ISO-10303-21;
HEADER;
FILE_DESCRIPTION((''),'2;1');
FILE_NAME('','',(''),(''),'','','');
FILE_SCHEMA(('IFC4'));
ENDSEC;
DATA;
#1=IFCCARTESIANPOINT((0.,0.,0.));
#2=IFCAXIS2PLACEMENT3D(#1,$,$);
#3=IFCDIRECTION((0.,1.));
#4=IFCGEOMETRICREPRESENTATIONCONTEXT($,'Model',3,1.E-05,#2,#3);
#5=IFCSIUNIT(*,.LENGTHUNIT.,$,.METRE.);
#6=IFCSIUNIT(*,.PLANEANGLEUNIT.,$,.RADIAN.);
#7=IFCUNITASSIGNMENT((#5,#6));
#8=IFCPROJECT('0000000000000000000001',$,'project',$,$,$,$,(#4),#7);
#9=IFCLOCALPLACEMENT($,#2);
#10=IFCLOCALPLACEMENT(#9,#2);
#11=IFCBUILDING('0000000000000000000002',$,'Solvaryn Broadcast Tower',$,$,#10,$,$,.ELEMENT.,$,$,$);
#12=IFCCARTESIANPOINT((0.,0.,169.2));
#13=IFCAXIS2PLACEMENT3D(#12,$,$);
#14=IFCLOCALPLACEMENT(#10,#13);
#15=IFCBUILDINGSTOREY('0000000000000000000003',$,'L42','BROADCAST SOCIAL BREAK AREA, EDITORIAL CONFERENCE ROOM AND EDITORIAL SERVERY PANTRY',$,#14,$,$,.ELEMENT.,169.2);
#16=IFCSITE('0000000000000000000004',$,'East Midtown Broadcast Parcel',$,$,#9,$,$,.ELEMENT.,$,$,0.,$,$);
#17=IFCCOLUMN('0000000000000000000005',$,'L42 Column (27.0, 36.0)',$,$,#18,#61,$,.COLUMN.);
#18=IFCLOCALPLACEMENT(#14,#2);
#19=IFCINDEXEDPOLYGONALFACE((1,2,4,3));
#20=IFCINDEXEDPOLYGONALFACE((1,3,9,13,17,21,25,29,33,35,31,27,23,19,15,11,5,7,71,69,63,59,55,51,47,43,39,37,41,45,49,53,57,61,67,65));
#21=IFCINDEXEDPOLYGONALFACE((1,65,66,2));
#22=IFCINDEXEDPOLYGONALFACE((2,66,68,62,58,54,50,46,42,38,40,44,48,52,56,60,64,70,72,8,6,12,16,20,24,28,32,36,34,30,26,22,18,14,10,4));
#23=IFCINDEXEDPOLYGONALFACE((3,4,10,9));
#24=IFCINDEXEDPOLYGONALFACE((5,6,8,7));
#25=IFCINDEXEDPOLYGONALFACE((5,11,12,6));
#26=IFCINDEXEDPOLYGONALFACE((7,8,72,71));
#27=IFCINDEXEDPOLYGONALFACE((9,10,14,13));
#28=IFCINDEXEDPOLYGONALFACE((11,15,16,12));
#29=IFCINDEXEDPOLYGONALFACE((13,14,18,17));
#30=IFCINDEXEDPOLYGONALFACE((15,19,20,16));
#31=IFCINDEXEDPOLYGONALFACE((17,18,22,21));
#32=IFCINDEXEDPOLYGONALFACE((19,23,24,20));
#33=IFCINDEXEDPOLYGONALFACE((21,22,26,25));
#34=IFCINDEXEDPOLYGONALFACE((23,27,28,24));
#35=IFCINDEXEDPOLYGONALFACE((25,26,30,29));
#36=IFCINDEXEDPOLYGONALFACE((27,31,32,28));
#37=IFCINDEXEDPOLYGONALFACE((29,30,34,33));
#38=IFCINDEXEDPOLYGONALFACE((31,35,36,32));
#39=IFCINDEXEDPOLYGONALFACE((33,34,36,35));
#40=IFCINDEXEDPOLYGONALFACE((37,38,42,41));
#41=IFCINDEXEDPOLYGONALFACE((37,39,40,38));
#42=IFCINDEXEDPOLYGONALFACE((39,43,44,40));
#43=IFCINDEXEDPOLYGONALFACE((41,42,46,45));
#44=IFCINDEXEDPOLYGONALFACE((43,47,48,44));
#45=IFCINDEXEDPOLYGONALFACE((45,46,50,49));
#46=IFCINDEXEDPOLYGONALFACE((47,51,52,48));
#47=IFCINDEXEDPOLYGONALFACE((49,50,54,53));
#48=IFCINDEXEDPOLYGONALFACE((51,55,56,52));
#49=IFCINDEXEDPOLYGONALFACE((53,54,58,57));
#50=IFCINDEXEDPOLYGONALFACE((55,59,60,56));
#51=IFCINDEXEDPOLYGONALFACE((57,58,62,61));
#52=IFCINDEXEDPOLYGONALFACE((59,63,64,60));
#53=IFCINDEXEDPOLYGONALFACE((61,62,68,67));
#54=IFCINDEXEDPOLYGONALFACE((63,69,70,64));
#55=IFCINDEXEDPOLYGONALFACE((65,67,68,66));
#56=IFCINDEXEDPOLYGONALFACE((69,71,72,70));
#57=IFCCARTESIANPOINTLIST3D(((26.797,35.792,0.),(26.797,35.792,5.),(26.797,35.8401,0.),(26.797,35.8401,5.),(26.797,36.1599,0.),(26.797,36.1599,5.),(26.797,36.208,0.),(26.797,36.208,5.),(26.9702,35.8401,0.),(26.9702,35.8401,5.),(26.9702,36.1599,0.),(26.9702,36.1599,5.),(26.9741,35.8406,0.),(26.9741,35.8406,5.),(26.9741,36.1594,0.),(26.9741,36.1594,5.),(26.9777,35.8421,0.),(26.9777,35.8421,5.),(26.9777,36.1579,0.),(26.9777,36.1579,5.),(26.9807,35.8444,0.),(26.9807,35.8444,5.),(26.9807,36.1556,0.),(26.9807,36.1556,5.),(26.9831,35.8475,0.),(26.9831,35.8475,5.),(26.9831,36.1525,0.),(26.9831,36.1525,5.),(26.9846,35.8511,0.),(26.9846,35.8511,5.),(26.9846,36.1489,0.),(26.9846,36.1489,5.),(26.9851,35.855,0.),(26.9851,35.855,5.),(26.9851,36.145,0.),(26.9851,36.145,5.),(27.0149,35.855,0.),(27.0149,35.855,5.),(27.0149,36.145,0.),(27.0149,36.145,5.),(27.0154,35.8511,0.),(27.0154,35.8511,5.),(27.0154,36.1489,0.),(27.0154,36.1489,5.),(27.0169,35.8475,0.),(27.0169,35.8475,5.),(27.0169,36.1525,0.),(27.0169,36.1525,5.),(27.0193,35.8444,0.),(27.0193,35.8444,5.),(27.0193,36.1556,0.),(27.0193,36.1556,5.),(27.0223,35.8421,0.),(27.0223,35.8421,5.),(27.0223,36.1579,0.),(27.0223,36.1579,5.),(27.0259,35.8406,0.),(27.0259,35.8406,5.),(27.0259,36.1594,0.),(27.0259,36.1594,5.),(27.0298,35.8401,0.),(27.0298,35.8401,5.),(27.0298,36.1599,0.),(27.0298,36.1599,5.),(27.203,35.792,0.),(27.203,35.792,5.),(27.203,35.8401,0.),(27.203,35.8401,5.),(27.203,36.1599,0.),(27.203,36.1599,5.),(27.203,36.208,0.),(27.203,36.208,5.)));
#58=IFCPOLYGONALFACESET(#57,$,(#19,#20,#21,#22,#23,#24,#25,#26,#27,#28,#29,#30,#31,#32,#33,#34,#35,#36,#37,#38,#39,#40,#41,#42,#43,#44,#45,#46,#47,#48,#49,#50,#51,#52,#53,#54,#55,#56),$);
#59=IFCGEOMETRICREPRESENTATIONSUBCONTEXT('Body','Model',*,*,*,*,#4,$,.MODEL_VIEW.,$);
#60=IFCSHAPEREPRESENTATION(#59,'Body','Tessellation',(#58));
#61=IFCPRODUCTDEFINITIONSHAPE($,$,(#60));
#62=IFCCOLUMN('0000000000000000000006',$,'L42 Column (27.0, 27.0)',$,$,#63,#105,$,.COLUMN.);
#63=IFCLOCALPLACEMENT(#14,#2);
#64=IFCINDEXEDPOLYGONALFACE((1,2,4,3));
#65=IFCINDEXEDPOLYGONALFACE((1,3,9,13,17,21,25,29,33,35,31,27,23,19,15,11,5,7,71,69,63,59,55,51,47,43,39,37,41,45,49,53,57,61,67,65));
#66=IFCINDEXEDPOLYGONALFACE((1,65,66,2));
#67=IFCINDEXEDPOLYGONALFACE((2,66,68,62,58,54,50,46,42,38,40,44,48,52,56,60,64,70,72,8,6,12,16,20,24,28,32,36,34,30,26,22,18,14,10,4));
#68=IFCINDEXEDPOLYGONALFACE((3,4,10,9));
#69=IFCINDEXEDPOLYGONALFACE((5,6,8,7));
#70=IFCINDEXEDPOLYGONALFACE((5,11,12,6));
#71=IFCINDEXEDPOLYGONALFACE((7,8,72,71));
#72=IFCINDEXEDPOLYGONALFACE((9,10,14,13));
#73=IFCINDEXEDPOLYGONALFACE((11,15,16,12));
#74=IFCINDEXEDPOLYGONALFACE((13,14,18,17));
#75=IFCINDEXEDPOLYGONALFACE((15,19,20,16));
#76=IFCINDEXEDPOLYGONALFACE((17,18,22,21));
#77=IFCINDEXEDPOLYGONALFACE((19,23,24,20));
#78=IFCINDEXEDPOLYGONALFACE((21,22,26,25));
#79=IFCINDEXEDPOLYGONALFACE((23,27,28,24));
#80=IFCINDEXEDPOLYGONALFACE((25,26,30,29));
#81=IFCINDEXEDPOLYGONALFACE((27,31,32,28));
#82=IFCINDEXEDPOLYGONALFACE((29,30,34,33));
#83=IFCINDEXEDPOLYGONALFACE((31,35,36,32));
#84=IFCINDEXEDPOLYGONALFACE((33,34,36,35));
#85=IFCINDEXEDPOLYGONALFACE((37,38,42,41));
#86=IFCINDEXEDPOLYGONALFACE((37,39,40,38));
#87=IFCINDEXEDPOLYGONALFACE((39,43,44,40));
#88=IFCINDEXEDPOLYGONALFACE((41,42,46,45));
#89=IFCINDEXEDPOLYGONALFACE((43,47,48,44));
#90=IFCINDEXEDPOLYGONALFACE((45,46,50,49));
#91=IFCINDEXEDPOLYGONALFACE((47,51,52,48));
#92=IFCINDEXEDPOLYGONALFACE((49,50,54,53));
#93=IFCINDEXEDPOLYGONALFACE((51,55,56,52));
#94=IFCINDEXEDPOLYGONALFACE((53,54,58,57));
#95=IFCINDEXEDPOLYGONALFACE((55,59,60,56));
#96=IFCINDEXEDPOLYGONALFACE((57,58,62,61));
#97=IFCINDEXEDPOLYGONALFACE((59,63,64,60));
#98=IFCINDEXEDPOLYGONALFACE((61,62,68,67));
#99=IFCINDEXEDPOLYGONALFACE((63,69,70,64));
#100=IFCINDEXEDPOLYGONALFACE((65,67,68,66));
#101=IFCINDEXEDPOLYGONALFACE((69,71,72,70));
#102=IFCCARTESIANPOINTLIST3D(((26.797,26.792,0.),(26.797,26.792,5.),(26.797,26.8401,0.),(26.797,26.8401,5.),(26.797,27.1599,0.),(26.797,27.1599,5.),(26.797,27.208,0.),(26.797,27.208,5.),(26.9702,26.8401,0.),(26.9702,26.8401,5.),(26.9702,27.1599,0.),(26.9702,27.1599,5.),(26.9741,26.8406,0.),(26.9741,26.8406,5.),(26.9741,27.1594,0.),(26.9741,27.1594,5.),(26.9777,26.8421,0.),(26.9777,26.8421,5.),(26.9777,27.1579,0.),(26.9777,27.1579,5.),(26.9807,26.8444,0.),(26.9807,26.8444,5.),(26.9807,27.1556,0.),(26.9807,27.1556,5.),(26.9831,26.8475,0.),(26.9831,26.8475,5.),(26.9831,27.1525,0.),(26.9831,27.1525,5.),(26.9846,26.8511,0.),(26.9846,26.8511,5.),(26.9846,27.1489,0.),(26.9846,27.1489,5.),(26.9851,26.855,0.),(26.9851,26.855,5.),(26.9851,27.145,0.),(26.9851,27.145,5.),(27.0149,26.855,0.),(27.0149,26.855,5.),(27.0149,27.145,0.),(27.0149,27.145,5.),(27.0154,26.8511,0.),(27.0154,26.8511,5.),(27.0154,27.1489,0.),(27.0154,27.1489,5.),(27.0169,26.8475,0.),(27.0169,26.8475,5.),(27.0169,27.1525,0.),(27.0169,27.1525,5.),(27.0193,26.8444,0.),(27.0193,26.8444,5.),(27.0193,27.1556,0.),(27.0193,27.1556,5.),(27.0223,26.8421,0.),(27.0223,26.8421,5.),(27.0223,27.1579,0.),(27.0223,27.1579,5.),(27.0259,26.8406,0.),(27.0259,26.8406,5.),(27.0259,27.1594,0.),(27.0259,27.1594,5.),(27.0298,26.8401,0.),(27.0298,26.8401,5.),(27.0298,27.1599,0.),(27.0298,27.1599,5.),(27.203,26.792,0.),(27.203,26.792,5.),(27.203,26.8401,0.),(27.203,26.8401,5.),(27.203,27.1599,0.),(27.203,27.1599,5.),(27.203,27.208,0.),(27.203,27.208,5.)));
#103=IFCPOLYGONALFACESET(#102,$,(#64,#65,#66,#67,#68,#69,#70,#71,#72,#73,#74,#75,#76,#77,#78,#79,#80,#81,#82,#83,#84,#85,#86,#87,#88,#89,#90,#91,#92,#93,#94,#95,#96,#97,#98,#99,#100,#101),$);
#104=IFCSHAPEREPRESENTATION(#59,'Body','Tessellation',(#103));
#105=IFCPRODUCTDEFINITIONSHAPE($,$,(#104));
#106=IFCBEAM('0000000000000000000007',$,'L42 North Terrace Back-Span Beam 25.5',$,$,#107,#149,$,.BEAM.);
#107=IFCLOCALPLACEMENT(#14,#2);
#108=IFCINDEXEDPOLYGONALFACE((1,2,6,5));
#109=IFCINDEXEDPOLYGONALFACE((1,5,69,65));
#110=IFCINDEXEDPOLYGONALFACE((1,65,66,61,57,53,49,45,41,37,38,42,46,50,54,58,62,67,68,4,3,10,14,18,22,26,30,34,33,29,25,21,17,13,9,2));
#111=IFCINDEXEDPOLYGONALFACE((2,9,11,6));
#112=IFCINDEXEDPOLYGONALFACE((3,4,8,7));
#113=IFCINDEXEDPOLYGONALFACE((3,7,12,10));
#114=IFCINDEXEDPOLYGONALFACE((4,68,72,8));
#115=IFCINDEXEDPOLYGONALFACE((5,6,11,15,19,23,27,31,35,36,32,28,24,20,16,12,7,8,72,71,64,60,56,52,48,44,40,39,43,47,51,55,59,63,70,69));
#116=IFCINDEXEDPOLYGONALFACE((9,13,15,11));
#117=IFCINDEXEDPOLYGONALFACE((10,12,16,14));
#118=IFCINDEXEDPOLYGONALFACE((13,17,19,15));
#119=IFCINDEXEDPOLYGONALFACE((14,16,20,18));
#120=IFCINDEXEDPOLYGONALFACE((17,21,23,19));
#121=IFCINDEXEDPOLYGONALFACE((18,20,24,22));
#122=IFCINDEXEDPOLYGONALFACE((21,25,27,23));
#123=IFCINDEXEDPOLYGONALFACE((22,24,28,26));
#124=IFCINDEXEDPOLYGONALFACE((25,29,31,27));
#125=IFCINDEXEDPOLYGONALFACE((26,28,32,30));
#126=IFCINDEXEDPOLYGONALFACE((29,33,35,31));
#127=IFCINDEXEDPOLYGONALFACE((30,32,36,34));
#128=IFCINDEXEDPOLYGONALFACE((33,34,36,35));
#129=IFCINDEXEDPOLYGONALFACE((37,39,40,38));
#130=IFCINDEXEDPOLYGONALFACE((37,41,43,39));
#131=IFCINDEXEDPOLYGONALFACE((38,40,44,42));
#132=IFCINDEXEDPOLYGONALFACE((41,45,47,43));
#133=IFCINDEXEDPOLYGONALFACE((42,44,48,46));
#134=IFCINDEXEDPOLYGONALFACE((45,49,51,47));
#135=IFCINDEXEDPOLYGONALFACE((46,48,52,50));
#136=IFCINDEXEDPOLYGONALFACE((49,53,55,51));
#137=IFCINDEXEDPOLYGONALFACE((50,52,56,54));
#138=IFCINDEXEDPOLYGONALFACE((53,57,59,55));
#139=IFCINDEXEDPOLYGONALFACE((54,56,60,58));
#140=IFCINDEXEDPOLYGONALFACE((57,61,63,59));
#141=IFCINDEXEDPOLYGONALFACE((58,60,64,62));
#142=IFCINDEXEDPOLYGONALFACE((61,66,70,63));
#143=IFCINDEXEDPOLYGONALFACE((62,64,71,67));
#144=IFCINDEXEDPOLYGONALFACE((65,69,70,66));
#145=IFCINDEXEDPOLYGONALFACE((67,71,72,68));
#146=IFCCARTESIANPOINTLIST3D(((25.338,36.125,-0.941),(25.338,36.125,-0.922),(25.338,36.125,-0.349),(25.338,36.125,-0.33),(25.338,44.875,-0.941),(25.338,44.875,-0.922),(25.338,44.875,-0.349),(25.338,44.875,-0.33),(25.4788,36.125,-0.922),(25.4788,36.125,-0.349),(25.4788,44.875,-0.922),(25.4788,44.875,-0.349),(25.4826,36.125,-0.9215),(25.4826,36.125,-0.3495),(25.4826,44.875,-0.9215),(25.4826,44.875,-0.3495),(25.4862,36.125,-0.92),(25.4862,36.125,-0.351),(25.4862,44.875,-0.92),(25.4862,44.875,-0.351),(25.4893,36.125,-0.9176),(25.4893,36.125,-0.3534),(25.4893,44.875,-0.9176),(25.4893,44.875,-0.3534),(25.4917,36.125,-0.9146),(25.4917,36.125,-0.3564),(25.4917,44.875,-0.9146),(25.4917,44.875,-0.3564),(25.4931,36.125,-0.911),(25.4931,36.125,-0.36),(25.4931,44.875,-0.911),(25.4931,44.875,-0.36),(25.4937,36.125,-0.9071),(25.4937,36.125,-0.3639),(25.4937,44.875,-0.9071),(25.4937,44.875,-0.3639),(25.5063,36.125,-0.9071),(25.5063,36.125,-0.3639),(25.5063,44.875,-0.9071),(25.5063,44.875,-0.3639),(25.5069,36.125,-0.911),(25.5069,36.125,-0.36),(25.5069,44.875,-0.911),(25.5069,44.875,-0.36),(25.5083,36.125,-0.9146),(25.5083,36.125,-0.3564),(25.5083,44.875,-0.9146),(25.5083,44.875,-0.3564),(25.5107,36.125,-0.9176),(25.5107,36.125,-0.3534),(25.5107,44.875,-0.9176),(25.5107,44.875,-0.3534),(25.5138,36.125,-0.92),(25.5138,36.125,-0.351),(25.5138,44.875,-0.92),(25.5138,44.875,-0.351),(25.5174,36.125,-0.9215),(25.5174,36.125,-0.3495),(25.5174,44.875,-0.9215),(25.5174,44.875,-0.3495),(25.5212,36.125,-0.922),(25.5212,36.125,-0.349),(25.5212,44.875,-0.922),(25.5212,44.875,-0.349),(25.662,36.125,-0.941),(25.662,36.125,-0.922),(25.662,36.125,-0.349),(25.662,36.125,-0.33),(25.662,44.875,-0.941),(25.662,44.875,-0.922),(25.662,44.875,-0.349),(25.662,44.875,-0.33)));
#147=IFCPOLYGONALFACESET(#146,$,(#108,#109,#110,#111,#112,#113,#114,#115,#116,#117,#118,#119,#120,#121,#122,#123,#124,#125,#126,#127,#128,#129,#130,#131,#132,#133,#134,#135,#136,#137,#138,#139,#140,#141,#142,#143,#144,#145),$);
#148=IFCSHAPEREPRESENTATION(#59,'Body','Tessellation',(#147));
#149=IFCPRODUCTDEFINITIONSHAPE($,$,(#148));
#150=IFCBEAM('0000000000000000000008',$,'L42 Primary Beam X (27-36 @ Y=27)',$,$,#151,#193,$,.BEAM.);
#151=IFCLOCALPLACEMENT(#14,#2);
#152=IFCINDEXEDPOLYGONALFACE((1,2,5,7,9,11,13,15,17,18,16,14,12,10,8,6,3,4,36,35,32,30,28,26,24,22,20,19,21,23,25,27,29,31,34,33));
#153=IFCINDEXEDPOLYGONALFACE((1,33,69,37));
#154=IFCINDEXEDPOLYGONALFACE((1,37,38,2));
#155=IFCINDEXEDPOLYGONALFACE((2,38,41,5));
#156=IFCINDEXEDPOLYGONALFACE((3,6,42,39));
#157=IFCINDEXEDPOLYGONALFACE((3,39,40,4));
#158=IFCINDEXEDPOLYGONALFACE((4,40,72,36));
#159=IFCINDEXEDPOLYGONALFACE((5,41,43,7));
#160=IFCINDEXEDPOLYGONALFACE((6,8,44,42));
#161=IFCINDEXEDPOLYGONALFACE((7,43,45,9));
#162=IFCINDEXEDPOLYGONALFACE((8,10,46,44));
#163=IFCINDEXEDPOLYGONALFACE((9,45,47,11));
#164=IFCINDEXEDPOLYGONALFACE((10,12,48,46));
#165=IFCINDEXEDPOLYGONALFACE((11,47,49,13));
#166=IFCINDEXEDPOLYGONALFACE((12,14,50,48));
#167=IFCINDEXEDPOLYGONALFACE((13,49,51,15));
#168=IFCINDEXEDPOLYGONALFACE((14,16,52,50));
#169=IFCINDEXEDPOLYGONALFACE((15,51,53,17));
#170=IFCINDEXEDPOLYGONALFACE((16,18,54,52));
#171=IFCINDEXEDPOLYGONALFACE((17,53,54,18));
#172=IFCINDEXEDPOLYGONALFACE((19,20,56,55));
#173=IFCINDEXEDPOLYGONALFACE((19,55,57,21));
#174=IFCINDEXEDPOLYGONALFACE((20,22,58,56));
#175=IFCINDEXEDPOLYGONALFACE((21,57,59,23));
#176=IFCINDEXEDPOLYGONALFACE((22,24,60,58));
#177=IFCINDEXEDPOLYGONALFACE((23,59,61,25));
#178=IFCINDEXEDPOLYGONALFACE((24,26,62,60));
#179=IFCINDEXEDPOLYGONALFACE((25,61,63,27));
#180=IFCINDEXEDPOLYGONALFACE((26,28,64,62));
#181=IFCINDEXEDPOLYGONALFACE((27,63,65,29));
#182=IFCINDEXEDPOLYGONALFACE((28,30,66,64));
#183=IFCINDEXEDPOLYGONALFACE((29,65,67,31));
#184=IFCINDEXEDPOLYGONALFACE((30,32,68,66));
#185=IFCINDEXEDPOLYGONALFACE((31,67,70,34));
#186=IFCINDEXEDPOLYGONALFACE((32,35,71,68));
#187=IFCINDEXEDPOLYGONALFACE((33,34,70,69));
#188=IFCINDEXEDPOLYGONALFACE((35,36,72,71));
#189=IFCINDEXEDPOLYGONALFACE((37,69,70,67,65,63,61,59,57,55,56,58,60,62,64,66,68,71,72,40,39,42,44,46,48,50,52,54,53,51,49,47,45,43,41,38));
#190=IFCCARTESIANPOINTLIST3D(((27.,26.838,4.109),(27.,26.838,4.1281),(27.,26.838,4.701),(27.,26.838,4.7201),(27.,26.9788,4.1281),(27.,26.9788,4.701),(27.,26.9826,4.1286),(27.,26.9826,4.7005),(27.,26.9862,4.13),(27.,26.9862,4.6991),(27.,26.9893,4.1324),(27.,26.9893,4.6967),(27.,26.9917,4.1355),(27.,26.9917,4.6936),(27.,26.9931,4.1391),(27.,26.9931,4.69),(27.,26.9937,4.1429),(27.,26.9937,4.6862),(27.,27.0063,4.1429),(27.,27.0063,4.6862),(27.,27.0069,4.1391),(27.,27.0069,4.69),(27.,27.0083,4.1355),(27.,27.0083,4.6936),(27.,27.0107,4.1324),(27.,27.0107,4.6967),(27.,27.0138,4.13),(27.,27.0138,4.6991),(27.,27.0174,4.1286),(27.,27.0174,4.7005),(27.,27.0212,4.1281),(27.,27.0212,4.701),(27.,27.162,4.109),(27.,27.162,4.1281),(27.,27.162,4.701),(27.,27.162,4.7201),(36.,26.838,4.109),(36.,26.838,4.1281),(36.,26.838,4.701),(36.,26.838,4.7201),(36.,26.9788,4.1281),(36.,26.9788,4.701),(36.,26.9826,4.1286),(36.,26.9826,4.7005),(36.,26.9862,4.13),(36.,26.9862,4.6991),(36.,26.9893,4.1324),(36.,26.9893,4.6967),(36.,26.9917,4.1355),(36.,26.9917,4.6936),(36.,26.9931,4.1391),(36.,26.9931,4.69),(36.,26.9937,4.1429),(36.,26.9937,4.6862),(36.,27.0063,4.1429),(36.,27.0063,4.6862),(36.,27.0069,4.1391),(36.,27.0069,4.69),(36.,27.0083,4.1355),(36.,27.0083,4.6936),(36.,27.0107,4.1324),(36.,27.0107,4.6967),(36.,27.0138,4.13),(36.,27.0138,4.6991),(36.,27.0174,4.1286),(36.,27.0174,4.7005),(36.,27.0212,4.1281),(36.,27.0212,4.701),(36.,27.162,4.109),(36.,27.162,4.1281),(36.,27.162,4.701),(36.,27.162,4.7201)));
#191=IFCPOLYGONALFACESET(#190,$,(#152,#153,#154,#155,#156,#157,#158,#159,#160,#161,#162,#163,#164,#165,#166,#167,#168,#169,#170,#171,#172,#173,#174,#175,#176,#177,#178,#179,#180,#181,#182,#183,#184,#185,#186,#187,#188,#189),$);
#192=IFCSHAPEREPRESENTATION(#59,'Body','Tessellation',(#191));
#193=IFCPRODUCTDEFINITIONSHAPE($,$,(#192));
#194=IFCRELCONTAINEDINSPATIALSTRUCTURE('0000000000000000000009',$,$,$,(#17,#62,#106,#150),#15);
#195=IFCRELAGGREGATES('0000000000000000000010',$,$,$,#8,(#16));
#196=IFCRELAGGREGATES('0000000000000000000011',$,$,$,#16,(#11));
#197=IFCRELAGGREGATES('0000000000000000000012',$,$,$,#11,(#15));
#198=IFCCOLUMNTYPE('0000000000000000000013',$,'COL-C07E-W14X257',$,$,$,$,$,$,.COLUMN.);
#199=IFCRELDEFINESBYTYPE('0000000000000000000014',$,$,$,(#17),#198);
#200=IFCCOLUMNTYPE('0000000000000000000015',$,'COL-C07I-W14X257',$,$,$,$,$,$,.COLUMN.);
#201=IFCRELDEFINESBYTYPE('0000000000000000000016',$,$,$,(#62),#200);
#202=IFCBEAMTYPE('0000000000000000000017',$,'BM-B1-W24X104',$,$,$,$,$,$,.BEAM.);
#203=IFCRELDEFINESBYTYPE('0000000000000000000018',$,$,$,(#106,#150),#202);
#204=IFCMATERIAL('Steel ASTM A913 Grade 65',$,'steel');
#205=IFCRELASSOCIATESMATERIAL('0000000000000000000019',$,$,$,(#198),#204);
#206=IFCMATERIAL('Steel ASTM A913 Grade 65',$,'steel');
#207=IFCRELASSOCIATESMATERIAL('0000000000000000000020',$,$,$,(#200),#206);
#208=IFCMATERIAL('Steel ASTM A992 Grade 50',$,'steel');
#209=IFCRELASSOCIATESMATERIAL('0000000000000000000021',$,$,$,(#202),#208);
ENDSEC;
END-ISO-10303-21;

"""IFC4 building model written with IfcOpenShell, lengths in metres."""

from ifc_helpers import new_model, si_unit, direction, frame, origin, origin_2d, place, context, subcontext, project, spatial, i_section, extrude, material, material_profile, profile_set, type_object, element, save


model = new_model("IFC4")

# Units and contexts
model_context = context("Model", 3, precision=1e-05, world=origin(), true_north=direction((0.0, 1.0)))
body_context = subcontext(model_context, "Body", "Model", "MODEL_VIEW")
ifc_project = project(units=[si_unit("LENGTHUNIT", "METRE"), si_unit("PLANEANGLEUNIT", "RADIAN")], contexts=[model_context])

# Site, building, storey
site_placement = place(None, origin())
site = spatial("IfcSite", under=ifc_project, at=site_placement, Name="East Midtown Broadcast Parcel", CompositionType="ELEMENT", RefElevation=0.0)
building_placement = place(site_placement, origin())
building = spatial("IfcBuilding", under=site, at=building_placement, Name="Solvaryn Broadcast Tower", CompositionType="ELEMENT")
storey_placement = place(building_placement, frame((0.0, 0.0, 169.2)))
storey = spatial("IfcBuildingStorey", under=building, at=storey_placement, Name="L42", Description="BROADCAST SOCIAL BREAK AREA, EDITORIAL CONFERENCE ROOM AND EDITORIAL SERVERY PANTRY", CompositionType="ELEMENT", Elevation=169.2)

# Columns
ifc_material_1 = material(Name="Steel ASTM A913 Grade 65", Category="steel")
ifc_material_profile_1 = material_profile(ifc_material_1, i_section(OverallWidth=0.406, OverallDepth=0.416, WebThickness=0.0298, FlangeThickness=0.0481, FilletRadius=0.0149, at=origin_2d()))
ifc_profile_set_1 = profile_set([ifc_material_profile_1], Name="Steel ASTM A913 Grade 65")
column_type_1 = type_object("IfcColumnType", Name="COL-C07E-W14X257", PredefinedType="COLUMN", material=ifc_profile_set_1)
column_1_placement = place(storey_placement, frame((27.0, 36.0, 0.0), z_axis=(0.0, 0.0, 1.0), x_axis=(1.0, 0.0, 0.0)))
element("IfcColumn", 1, at=column_1_placement, inside=storey, type_object=column_type_1, Name="L42 Column (27.0, 36.0)", PredefinedType="COLUMN", context=body_context, shape_type="SweptSolid", body=[
    extrude(i_section(OverallWidth=0.406, OverallDepth=0.416, WebThickness=0.0298, FlangeThickness=0.0481, FilletRadius=0.0149, at=origin_2d()), origin(), (0.0, 0.0, 1.0), 5.0),
])
ifc_material_2 = material(Name="Steel ASTM A913 Grade 65", Category="steel")
ifc_material_profile_2 = material_profile(ifc_material_2, i_section(OverallWidth=0.406, OverallDepth=0.416, WebThickness=0.0298, FlangeThickness=0.0481, FilletRadius=0.0149, at=origin_2d()))
ifc_profile_set_2 = profile_set([ifc_material_profile_2], Name="Steel ASTM A913 Grade 65")
column_type_2 = type_object("IfcColumnType", Name="COL-C07I-W14X257", PredefinedType="COLUMN", material=ifc_profile_set_2)
column_2_placement = place(storey_placement, frame((27.0, 27.0, 0.0), z_axis=(0.0, 0.0, 1.0), x_axis=(1.0, 0.0, 0.0)))
element("IfcColumn", 2, at=column_2_placement, inside=storey, type_object=column_type_2, Name="L42 Column (27.0, 27.0)", PredefinedType="COLUMN", context=body_context, shape_type="SweptSolid", body=[
    extrude(i_section(OverallWidth=0.406, OverallDepth=0.416, WebThickness=0.0298, FlangeThickness=0.0481, FilletRadius=0.0149, at=origin_2d()), origin(), (0.0, 0.0, 1.0), 5.0),
])

# Beams
ifc_material_3 = material(Name="Steel ASTM A992 Grade 50", Category="steel")
ifc_material_profile_3 = material_profile(ifc_material_3, i_section(OverallWidth=0.324, OverallDepth=0.6111, WebThickness=0.0127, FlangeThickness=0.019, FilletRadius=0.0149, at=origin_2d()))
ifc_profile_set_3 = profile_set([ifc_material_profile_3], Name="Steel ASTM A992 Grade 50")
beam_type_1 = type_object("IfcBeamType", Name="BM-B1-W24X104", PredefinedType="BEAM", material=ifc_profile_set_3)
beam_1_placement = place(storey_placement, frame((25.5, 36.125, -0.6355), z_axis=(0.0, 1.0, 0.0), x_axis=(-1.0, 0.0, 0.0)))
element("IfcBeam", 3, at=beam_1_placement, inside=storey, type_object=beam_type_1, Name="L42 North Terrace Back-Span Beam 25.5", PredefinedType="BEAM", context=body_context, shape_type="SweptSolid", body=[
    extrude(i_section(OverallWidth=0.324, OverallDepth=0.6111, WebThickness=0.0127, FlangeThickness=0.019, FilletRadius=0.0149, at=origin_2d()), origin(), (0.0, 0.0, 1.0), 8.75),
])
beam_2_placement = place(storey_placement, frame((27.0, 27.0, 4.4146), z_axis=(1.0, 0.0, 0.0), x_axis=(0.0, 1.0, 0.0)))
element("IfcBeam", 4, at=beam_2_placement, inside=storey, type_object=beam_type_1, Name="L42 Primary Beam X (27-36 @ Y=27)", PredefinedType="BEAM", context=body_context, shape_type="SweptSolid", body=[
    extrude(i_section(OverallWidth=0.324, OverallDepth=0.6111, WebThickness=0.0127, FlangeThickness=0.019, FilletRadius=0.0149, at=origin_2d()), origin(), (0.0, 0.0, 1.0), 9.0),
])

save(model, "model.ifc")
